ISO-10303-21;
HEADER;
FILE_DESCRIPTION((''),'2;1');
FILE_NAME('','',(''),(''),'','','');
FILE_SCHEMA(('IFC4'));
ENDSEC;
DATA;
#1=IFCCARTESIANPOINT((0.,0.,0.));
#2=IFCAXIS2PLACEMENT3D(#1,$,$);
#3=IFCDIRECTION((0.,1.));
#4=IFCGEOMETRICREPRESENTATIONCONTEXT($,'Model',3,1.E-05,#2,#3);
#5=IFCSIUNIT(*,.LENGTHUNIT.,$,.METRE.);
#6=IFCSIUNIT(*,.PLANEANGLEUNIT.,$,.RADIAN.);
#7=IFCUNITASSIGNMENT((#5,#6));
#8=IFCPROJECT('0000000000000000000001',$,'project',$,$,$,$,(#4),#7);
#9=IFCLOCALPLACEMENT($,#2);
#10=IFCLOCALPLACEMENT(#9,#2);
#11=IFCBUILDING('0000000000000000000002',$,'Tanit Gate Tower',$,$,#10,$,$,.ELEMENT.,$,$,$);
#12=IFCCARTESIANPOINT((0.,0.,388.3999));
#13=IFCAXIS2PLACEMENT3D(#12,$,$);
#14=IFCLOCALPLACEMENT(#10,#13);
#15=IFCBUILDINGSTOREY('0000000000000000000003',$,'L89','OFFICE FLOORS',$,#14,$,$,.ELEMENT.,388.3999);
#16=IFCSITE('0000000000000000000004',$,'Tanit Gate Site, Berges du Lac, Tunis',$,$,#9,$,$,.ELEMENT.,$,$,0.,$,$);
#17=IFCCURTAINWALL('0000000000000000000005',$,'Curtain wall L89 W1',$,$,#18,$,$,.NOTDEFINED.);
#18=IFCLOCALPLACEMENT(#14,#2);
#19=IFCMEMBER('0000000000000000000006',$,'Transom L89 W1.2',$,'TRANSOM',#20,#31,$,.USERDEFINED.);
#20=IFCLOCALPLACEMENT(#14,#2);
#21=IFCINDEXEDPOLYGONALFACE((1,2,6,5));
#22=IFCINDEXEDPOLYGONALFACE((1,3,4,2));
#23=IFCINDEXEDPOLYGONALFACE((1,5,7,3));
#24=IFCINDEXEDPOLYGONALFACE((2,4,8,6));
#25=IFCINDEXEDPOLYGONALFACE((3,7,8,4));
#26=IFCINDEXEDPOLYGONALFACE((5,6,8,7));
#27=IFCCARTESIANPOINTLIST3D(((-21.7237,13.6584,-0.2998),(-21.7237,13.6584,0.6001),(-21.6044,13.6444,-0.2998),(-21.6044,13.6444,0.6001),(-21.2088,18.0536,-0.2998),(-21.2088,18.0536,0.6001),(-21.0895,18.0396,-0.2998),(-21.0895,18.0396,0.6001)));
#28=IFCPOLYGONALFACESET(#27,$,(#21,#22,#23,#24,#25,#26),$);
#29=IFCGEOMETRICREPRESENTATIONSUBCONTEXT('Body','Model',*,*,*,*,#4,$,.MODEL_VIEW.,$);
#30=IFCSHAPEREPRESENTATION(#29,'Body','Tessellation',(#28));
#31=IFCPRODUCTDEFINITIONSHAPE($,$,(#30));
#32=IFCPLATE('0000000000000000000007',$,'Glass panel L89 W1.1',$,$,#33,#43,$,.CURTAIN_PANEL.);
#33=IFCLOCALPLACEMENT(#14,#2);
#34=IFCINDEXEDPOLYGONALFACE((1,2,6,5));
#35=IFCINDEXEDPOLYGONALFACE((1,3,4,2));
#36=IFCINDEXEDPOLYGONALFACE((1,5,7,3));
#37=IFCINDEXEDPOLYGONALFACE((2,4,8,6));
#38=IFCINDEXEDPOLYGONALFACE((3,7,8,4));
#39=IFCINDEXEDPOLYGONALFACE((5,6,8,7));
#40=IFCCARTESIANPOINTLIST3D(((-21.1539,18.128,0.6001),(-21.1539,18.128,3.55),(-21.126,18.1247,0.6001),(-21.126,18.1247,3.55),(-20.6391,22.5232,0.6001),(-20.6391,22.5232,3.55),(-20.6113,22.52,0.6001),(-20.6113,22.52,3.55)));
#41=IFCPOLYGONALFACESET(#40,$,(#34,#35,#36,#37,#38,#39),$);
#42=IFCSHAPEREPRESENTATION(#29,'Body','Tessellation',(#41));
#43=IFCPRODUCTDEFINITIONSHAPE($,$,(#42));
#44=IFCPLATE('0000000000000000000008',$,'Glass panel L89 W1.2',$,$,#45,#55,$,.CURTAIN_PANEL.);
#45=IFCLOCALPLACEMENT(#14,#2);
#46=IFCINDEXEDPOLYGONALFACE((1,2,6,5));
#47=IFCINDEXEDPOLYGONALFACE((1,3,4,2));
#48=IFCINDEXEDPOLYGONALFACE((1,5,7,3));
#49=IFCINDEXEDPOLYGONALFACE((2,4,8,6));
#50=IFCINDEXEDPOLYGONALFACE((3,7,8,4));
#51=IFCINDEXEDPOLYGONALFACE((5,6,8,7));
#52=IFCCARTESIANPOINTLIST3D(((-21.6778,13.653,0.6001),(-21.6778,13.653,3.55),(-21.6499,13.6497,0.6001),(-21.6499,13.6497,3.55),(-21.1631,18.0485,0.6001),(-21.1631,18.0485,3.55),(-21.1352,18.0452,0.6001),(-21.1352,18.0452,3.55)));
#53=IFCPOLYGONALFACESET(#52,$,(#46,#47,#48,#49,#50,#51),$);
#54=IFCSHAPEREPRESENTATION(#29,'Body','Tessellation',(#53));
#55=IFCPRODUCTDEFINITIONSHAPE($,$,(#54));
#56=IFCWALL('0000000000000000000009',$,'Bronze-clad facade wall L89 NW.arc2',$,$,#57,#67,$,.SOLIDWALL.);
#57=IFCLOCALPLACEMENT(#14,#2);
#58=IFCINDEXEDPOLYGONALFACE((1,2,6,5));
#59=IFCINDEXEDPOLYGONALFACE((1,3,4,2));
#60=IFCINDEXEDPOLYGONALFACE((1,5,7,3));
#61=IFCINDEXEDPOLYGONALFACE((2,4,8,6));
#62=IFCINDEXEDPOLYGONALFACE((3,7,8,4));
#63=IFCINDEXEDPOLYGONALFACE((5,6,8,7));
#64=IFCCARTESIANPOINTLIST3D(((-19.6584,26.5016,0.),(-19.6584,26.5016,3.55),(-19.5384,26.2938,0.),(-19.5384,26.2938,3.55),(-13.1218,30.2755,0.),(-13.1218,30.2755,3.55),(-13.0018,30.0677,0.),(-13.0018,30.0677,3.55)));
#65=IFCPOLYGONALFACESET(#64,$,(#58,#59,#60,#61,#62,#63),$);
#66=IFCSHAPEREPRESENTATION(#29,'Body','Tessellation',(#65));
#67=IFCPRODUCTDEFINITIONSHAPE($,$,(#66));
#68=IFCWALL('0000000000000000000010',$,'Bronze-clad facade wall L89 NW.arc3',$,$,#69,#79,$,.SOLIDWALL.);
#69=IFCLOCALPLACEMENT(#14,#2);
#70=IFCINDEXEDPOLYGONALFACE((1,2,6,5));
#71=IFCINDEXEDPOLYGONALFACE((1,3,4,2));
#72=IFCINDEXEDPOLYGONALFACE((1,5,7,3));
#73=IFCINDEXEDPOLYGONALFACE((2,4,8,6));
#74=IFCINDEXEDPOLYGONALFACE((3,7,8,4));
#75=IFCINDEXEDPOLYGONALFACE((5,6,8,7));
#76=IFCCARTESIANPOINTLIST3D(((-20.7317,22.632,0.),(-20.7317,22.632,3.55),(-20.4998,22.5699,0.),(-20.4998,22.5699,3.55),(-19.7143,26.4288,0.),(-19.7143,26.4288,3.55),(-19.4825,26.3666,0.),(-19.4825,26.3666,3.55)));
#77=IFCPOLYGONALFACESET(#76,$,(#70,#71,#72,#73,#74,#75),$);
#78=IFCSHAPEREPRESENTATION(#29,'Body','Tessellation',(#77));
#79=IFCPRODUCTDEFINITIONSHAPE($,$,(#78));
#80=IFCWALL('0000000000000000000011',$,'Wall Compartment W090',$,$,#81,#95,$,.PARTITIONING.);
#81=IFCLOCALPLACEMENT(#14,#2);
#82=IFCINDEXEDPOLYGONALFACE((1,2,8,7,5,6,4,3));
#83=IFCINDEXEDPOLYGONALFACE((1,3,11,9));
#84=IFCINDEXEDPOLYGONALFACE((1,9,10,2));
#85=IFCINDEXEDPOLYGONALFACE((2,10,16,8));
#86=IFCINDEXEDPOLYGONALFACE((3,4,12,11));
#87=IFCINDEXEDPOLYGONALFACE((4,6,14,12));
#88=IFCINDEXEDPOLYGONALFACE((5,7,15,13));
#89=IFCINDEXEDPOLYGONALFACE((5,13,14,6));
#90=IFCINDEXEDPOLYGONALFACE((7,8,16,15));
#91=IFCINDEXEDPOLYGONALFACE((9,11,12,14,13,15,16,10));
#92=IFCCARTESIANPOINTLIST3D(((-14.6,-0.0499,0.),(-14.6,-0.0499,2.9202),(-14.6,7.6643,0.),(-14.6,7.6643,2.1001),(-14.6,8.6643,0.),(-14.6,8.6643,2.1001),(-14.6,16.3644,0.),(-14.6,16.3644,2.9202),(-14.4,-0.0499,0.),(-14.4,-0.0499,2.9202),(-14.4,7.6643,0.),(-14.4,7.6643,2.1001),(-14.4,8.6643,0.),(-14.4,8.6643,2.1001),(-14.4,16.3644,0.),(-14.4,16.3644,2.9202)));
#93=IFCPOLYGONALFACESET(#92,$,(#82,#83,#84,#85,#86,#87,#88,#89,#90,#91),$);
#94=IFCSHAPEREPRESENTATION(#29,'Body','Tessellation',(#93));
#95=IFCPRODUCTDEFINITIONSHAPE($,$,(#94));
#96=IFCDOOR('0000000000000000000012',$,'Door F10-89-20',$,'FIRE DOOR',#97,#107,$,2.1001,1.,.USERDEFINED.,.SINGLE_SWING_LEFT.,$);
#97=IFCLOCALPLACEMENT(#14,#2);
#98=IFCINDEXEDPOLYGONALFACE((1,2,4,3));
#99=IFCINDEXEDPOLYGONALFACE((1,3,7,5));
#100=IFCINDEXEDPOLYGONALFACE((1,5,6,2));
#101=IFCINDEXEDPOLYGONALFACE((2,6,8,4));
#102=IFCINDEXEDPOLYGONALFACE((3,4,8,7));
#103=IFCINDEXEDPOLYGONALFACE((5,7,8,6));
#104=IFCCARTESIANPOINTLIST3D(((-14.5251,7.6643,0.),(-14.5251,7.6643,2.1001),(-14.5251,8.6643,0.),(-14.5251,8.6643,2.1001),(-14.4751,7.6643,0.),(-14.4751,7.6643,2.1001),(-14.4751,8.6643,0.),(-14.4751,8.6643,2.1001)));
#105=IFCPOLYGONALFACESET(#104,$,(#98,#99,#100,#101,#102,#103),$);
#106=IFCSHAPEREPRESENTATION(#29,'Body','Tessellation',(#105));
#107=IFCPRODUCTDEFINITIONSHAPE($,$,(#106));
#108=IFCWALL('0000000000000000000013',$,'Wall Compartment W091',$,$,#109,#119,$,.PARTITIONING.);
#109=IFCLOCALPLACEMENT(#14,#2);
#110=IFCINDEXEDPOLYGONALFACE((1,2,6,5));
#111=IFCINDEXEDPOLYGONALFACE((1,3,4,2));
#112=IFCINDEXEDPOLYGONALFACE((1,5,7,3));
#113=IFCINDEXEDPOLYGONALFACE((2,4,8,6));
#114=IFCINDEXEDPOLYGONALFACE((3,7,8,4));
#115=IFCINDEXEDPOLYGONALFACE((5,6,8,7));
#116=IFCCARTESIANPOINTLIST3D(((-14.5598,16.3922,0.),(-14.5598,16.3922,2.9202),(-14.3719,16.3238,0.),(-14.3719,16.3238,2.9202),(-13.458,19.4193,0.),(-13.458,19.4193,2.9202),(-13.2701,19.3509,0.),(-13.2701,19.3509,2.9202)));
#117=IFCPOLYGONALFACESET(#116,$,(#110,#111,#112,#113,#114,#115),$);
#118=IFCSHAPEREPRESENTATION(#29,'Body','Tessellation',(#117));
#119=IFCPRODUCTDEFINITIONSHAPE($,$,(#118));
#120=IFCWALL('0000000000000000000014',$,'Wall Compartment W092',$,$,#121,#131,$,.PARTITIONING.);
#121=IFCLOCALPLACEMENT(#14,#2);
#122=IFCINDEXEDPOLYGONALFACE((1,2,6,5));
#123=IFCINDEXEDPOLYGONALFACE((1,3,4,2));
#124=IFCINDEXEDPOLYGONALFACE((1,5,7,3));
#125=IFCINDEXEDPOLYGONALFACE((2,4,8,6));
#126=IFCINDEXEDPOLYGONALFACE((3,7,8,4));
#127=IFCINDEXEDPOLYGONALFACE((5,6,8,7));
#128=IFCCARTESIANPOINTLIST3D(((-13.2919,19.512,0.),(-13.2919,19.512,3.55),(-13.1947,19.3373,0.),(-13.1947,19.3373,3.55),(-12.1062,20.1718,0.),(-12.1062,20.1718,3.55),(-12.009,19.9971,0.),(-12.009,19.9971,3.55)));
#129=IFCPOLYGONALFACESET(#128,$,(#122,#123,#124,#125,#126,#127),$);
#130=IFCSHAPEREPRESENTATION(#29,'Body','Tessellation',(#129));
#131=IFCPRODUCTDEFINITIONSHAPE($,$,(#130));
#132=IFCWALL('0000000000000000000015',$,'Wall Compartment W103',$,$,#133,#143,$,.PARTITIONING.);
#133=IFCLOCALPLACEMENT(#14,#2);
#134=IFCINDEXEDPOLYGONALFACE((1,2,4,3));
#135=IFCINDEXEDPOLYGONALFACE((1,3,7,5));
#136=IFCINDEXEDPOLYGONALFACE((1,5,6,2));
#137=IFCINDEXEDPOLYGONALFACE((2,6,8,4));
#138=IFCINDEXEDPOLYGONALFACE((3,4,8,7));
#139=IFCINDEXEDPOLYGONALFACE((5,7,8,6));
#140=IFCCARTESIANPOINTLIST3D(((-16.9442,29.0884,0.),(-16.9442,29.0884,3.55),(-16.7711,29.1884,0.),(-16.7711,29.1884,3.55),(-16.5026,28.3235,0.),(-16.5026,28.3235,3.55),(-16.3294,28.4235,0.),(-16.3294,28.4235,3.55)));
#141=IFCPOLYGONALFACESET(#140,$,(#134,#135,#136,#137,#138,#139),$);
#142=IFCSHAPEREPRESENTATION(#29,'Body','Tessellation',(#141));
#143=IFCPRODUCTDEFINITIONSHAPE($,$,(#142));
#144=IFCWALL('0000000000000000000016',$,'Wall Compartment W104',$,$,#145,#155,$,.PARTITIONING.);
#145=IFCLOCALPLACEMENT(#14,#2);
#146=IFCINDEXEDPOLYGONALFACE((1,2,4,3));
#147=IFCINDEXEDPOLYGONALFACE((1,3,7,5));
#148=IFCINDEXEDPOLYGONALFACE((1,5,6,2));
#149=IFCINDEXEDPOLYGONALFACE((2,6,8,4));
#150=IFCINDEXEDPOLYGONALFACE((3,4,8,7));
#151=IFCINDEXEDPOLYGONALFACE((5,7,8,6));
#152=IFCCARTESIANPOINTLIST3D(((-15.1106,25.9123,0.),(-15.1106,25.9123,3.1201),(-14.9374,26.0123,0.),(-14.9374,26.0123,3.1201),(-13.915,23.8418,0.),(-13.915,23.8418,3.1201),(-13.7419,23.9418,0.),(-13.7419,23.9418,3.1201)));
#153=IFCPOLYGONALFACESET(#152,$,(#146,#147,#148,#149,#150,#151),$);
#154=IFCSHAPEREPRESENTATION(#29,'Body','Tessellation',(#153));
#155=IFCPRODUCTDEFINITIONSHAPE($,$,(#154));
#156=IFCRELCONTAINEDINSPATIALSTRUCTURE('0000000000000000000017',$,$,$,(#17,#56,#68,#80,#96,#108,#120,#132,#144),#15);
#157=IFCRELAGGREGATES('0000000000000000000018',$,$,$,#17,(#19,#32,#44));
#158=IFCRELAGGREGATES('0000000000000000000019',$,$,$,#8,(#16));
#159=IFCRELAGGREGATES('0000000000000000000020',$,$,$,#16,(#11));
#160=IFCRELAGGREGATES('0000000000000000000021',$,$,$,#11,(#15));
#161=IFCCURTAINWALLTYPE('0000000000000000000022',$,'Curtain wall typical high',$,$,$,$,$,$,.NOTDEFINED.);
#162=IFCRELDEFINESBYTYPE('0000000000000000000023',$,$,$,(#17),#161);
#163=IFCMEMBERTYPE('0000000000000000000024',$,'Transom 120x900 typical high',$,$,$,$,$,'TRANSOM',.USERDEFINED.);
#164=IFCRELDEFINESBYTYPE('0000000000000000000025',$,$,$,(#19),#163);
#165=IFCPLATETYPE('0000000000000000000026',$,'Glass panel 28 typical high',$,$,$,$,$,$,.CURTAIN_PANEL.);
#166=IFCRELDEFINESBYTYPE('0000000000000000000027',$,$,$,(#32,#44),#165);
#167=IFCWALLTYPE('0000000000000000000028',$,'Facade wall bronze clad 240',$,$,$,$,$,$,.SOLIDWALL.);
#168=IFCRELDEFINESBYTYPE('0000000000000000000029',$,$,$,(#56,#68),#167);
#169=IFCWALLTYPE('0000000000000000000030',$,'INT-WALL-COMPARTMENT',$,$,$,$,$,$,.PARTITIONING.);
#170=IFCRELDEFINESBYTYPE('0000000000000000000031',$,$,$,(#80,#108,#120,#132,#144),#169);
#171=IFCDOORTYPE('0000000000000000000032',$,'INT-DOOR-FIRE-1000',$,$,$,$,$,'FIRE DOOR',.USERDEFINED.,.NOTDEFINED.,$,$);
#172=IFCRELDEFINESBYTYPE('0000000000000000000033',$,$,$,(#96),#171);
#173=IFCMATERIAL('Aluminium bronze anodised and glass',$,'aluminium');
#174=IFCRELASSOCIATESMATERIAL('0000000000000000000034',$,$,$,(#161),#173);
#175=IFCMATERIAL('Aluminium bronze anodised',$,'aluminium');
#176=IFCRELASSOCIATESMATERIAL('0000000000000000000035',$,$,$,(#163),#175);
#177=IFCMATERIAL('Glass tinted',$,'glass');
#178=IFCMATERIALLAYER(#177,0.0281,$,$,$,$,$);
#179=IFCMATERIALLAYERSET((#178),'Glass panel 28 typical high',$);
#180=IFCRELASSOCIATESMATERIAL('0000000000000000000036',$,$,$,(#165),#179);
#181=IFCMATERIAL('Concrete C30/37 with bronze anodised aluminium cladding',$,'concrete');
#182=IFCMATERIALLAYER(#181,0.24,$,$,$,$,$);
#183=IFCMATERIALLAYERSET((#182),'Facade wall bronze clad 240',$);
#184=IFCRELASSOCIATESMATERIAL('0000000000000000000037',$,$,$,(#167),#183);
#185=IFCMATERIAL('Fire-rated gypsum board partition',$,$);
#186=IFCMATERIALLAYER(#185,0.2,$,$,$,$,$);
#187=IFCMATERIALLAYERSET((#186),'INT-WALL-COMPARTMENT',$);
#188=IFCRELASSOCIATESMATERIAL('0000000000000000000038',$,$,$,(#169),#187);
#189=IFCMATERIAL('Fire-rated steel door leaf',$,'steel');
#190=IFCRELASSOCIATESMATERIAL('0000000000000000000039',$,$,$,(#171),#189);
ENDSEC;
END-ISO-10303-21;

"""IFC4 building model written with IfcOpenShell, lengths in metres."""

from ifc_helpers import new_model, si_unit, direction, frame, frame_2d, origin, origin_2d, place, context, subcontext, project, spatial, rectangle, extrude, material, layer, layer_set, material_profile, profile_set, type_object, element, fill, aggregate, save


model = new_model("IFC4")

# Units and contexts
model_context = context("Model", 3, precision=1e-05, world=origin(), true_north=direction((0.0, 1.0)))
body_context = subcontext(model_context, "Body", "Model", "MODEL_VIEW")
ifc_project = project(units=[si_unit("LENGTHUNIT", "METRE"), si_unit("PLANEANGLEUNIT", "RADIAN")], contexts=[model_context])

# Site, building, storey
site_placement = place(None, origin())
site = spatial("IfcSite", under=ifc_project, at=site_placement, Name="Tanit Gate Site, Berges du Lac, Tunis", CompositionType="ELEMENT", RefElevation=0.0)
building_placement = place(site_placement, origin())
building = spatial("IfcBuilding", under=site, at=building_placement, Name="Tanit Gate Tower", CompositionType="ELEMENT")
storey_placement = place(building_placement, frame((0.0, 0.0, 388.3999)))
storey = spatial("IfcBuildingStorey", under=building, at=storey_placement, Name="L89", Description="OFFICE FLOORS", CompositionType="ELEMENT", Elevation=388.3999)

# Curtain wall
ifc_material_1 = material(Name="Aluminium bronze anodised and glass", Category="aluminium")
curtain_wall_type = type_object("IfcCurtainWallType", Name="Curtain wall typical high", PredefinedType="NOTDEFINED", material=ifc_material_1)
curtain_wall_placement = place(storey_placement, origin())
curtain_wall = element("IfcCurtainWall", 1, at=curtain_wall_placement, inside=storey, type_object=curtain_wall_type, Name="Curtain wall L89 W1", PredefinedType="NOTDEFINED")

# Member
ifc_material_2 = material(Name="Aluminium bronze anodised", Category="aluminium")
ifc_material_profile_1 = material_profile(ifc_material_2, rectangle(XDim=0.1201, YDim=0.8999, at=origin_2d()), Name="120x900 bronze transom")
ifc_profile_set_1 = profile_set([ifc_material_profile_1], Name="Aluminium bronze anodised")
member_type_1 = type_object("IfcMemberType", Name="Transom 120x900 typical high", ElementType="TRANSOM", PredefinedType="USERDEFINED", material=ifc_profile_set_1)
member_1_placement = place(storey_placement, frame((-21.1492, 18.0466, 0.1501), z_axis=(-0.116351, -0.993208, 0.0), x_axis=(0.993208, -0.116351, 0.0)))
member_1 = element("IfcMember", 2, at=member_1_placement, type_object=member_type_1, Name="Transom L89 W1.2", ObjectType="TRANSOM", PredefinedType="USERDEFINED", context=body_context, shape_type="SweptSolid", body=[
    extrude(rectangle(XDim=0.1201, YDim=0.8999, at=origin_2d()), origin(), (0.0, 0.0, 1.0), 4.4253),
])

# Plates
ifc_material_3 = material(Name="Glass tinted", Category="glass")
ifc_layer_1 = layer(ifc_material_3, 0.0281)
ifc_layer_set_1 = layer_set([ifc_layer_1], Name="Glass panel 28 typical high")
plate_type = type_object("IfcPlateType", Name="Glass panel 28 typical high", PredefinedType="CURTAIN_PANEL", material=ifc_layer_set_1)
plate_1_placement = place(storey_placement, frame((-20.8826, 20.324, 0.6001), z_axis=(0.0, 0.0, 1.0), x_axis=(-0.116318, -0.993212, 0.0)))
plate_1 = element("IfcPlate", 3, at=plate_1_placement, type_object=plate_type, Name="Glass panel L89 W1.1", PredefinedType="CURTAIN_PANEL", context=body_context, shape_type="SweptSolid", body=[
    extrude(rectangle(XDim=4.4253, YDim=0.0281, at=origin_2d()), origin(), (0.0, 0.0, 1.0), 2.95),
])
plate_2_placement = place(storey_placement, frame((-21.4065, 15.8491, 0.6001), z_axis=(0.0, 0.0, 1.0), x_axis=(-0.116318, -0.993212, 0.0)))
plate_2 = element("IfcPlate", 4, at=plate_2_placement, type_object=plate_type, Name="Glass panel L89 W1.2", PredefinedType="CURTAIN_PANEL", context=body_context, shape_type="SweptSolid", body=[
    extrude(rectangle(XDim=4.4255, YDim=0.0281, at=origin_2d()), origin(), (0.0, 0.0, 1.0), 2.95),
])
aggregate(curtain_wall, [member_1, plate_1, plate_2])

# Walls
ifc_material_4 = material(Name="Concrete C30/37 with bronze anodised aluminium cladding", Category="concrete")
ifc_layer_2 = layer(ifc_material_4, 0.24)
ifc_layer_set_2 = layer_set([ifc_layer_2], Name="Facade wall bronze clad 240")
wall_type_1 = type_object("IfcWallType", Name="Facade wall bronze clad 240", PredefinedType="SOLIDWALL", material=ifc_layer_set_2)
wall_1_placement = place(storey_placement, frame((-13.0618, 30.1716, 0.0), z_axis=(0.0, 0.0, 1.0), x_axis=(-0.866025, -0.500001, 0.0)))
element("IfcWall", 5, at=wall_1_placement, inside=storey, type_object=wall_type_1, Name="Bronze-clad facade wall L89 NW.arc2", PredefinedType="SOLIDWALL", context=body_context, shape_type="SweptSolid", body=[
    extrude(rectangle(XDim=7.5479, YDim=0.24, at=frame_2d((3.7739, 0.0))), origin(), (0.0, 0.0, 1.0), 3.55),
])
wall_2_placement = place(storey_placement, frame((-19.5984, 26.3977, 0.0), z_axis=(0.0, 0.0, 1.0), x_axis=(-0.258826, -0.965924, 0.0)))
element("IfcWall", 6, at=wall_2_placement, inside=storey, type_object=wall_type_1, Name="Bronze-clad facade wall L89 NW.arc3", PredefinedType="SOLIDWALL", context=body_context, shape_type="SweptSolid", body=[
    extrude(rectangle(XDim=3.9307, YDim=0.24, at=frame_2d((1.9653, 0.0))), origin(), (0.0, 0.0, 1.0), 3.55),
])

# Wall, opening, door
ifc_material_5 = material(Name="Fire-rated gypsum board partition")
ifc_layer_3 = layer(ifc_material_5, 0.2)
ifc_layer_set_3 = layer_set([ifc_layer_3], Name="INT-WALL-COMPARTMENT")
wall_type_2 = type_object("IfcWallType", Name="INT-WALL-COMPARTMENT", PredefinedType="PARTITIONING", material=ifc_layer_set_3)
wall_3_placement = place(storey_placement, frame((-14.5, 16.3643, 0.0), z_axis=(0.0, 0.0, 1.0), x_axis=(0.0, -1.0, 0.0)))
wall_3 = element("IfcWall", 7, at=wall_3_placement, inside=storey, type_object=wall_type_2, Name="Wall Compartment W090", PredefinedType="PARTITIONING", context=body_context, shape_type="SweptSolid", body=[
    extrude(rectangle(XDim=16.4143, YDim=0.2, at=frame_2d((8.207, 0.0))), origin(), (0.0, 0.0, 1.0), 2.9202),
])
opening_placement = place(wall_3_placement, frame((7.7, 0.0, 0.0)))
opening = element("IfcOpeningElement", 8, at=opening_placement, cuts=wall_3, PredefinedType="OPENING", context=body_context, shape_type="SweptSolid", body=[
    extrude(rectangle(XDim=1.0, YDim=2.1001, at=frame_2d((0.5, 1.05))), frame((0.0, 0.1099, 0.0), z_axis=(0.0, -1.0, 0.0), x_axis=(1.0, 0.0, 0.0)), (0.0, 0.0, 1.0), 0.22),
])
ifc_material_6 = material(Name="Fire-rated steel door leaf", Category="steel")
door_type = type_object("IfcDoorType", Name="INT-DOOR-FIRE-1000", ElementType="FIRE DOOR", OperationType="NOTDEFINED", PredefinedType="USERDEFINED", material=ifc_material_6)
door_placement = place(opening_placement, origin())
door = element("IfcDoor", 9, at=door_placement, inside=storey, type_object=door_type, Name="Door F10-89-20", ObjectType="FIRE DOOR", OperationType="SINGLE_SWING_LEFT", OverallHeight=2.1001, OverallWidth=1.0, PredefinedType="USERDEFINED", context=body_context, shape_type="SweptSolid", body=[
    extrude(rectangle(XDim=1.0, YDim=2.1001, at=frame_2d((0.5, 1.05))), frame((0.0, 0.0249, 0.0), z_axis=(0.0, -1.0, 0.0), x_axis=(1.0, 0.0, 0.0)), (0.0, 0.0, 1.0), 0.05),
])
fill(opening, door)

# Walls
wall_4_placement = place(storey_placement, frame((-13.364, 19.3853, 0.0), z_axis=(0.0, 0.0, 1.0), x_axis=(-0.342029, -0.939689, 0.0)))
element("IfcWall", 10, at=wall_4_placement, inside=storey, type_object=wall_type_2, Name="Wall Compartment W091", PredefinedType="PARTITIONING", context=body_context, shape_type="SweptSolid", body=[
    extrude(rectangle(XDim=3.2214, YDim=0.2, at=frame_2d((1.6108, 0.0))), origin(), (0.0, 0.0, 1.0), 2.9202),
])
wall_5_placement = place(storey_placement, frame((-12.0576, 20.0845, 0.0), z_axis=(0.0, 0.0, 1.0), x_axis=(-0.873801, -0.486284, 0.0)))
element("IfcWall", 11, at=wall_5_placement, inside=storey, type_object=wall_type_2, Name="Wall Compartment W092", PredefinedType="PARTITIONING", context=body_context, shape_type="SweptSolid", body=[
    extrude(rectangle(XDim=1.3569, YDim=0.2, at=frame_2d((0.6785, 0.0))), origin(), (0.0, 0.0, 1.0), 3.55),
])
wall_6_placement = place(storey_placement, frame((-16.8577, 29.1384, 0.0), z_axis=(0.0, 0.0, 1.0), x_axis=(0.500034, -0.866006, 0.0)))
element("IfcWall", 12, at=wall_6_placement, inside=storey, type_object=wall_type_2, Name="Wall Compartment W103", PredefinedType="PARTITIONING", context=body_context, shape_type="SweptSolid", body=[
    extrude(rectangle(XDim=0.8833, YDim=0.2, at=frame_2d((0.4417, 0.0))), origin(), (0.0, 0.0, 1.0), 3.55),
])
wall_7_placement = place(storey_placement, frame((-15.0239, 25.9622, 0.0), z_axis=(0.0, 0.0, 1.0), x_axis=(0.500038, -0.866004, 0.0)))
element("IfcWall", 13, at=wall_7_placement, inside=storey, type_object=wall_type_2, Name="Wall Compartment W104", PredefinedType="PARTITIONING", context=body_context, shape_type="SweptSolid", body=[
    extrude(rectangle(XDim=2.3909, YDim=0.2, at=frame_2d((1.1953, 0.0))), origin(), (0.0, 0.0, 1.0), 3.1201),
])

save(model, "model.ifc")
